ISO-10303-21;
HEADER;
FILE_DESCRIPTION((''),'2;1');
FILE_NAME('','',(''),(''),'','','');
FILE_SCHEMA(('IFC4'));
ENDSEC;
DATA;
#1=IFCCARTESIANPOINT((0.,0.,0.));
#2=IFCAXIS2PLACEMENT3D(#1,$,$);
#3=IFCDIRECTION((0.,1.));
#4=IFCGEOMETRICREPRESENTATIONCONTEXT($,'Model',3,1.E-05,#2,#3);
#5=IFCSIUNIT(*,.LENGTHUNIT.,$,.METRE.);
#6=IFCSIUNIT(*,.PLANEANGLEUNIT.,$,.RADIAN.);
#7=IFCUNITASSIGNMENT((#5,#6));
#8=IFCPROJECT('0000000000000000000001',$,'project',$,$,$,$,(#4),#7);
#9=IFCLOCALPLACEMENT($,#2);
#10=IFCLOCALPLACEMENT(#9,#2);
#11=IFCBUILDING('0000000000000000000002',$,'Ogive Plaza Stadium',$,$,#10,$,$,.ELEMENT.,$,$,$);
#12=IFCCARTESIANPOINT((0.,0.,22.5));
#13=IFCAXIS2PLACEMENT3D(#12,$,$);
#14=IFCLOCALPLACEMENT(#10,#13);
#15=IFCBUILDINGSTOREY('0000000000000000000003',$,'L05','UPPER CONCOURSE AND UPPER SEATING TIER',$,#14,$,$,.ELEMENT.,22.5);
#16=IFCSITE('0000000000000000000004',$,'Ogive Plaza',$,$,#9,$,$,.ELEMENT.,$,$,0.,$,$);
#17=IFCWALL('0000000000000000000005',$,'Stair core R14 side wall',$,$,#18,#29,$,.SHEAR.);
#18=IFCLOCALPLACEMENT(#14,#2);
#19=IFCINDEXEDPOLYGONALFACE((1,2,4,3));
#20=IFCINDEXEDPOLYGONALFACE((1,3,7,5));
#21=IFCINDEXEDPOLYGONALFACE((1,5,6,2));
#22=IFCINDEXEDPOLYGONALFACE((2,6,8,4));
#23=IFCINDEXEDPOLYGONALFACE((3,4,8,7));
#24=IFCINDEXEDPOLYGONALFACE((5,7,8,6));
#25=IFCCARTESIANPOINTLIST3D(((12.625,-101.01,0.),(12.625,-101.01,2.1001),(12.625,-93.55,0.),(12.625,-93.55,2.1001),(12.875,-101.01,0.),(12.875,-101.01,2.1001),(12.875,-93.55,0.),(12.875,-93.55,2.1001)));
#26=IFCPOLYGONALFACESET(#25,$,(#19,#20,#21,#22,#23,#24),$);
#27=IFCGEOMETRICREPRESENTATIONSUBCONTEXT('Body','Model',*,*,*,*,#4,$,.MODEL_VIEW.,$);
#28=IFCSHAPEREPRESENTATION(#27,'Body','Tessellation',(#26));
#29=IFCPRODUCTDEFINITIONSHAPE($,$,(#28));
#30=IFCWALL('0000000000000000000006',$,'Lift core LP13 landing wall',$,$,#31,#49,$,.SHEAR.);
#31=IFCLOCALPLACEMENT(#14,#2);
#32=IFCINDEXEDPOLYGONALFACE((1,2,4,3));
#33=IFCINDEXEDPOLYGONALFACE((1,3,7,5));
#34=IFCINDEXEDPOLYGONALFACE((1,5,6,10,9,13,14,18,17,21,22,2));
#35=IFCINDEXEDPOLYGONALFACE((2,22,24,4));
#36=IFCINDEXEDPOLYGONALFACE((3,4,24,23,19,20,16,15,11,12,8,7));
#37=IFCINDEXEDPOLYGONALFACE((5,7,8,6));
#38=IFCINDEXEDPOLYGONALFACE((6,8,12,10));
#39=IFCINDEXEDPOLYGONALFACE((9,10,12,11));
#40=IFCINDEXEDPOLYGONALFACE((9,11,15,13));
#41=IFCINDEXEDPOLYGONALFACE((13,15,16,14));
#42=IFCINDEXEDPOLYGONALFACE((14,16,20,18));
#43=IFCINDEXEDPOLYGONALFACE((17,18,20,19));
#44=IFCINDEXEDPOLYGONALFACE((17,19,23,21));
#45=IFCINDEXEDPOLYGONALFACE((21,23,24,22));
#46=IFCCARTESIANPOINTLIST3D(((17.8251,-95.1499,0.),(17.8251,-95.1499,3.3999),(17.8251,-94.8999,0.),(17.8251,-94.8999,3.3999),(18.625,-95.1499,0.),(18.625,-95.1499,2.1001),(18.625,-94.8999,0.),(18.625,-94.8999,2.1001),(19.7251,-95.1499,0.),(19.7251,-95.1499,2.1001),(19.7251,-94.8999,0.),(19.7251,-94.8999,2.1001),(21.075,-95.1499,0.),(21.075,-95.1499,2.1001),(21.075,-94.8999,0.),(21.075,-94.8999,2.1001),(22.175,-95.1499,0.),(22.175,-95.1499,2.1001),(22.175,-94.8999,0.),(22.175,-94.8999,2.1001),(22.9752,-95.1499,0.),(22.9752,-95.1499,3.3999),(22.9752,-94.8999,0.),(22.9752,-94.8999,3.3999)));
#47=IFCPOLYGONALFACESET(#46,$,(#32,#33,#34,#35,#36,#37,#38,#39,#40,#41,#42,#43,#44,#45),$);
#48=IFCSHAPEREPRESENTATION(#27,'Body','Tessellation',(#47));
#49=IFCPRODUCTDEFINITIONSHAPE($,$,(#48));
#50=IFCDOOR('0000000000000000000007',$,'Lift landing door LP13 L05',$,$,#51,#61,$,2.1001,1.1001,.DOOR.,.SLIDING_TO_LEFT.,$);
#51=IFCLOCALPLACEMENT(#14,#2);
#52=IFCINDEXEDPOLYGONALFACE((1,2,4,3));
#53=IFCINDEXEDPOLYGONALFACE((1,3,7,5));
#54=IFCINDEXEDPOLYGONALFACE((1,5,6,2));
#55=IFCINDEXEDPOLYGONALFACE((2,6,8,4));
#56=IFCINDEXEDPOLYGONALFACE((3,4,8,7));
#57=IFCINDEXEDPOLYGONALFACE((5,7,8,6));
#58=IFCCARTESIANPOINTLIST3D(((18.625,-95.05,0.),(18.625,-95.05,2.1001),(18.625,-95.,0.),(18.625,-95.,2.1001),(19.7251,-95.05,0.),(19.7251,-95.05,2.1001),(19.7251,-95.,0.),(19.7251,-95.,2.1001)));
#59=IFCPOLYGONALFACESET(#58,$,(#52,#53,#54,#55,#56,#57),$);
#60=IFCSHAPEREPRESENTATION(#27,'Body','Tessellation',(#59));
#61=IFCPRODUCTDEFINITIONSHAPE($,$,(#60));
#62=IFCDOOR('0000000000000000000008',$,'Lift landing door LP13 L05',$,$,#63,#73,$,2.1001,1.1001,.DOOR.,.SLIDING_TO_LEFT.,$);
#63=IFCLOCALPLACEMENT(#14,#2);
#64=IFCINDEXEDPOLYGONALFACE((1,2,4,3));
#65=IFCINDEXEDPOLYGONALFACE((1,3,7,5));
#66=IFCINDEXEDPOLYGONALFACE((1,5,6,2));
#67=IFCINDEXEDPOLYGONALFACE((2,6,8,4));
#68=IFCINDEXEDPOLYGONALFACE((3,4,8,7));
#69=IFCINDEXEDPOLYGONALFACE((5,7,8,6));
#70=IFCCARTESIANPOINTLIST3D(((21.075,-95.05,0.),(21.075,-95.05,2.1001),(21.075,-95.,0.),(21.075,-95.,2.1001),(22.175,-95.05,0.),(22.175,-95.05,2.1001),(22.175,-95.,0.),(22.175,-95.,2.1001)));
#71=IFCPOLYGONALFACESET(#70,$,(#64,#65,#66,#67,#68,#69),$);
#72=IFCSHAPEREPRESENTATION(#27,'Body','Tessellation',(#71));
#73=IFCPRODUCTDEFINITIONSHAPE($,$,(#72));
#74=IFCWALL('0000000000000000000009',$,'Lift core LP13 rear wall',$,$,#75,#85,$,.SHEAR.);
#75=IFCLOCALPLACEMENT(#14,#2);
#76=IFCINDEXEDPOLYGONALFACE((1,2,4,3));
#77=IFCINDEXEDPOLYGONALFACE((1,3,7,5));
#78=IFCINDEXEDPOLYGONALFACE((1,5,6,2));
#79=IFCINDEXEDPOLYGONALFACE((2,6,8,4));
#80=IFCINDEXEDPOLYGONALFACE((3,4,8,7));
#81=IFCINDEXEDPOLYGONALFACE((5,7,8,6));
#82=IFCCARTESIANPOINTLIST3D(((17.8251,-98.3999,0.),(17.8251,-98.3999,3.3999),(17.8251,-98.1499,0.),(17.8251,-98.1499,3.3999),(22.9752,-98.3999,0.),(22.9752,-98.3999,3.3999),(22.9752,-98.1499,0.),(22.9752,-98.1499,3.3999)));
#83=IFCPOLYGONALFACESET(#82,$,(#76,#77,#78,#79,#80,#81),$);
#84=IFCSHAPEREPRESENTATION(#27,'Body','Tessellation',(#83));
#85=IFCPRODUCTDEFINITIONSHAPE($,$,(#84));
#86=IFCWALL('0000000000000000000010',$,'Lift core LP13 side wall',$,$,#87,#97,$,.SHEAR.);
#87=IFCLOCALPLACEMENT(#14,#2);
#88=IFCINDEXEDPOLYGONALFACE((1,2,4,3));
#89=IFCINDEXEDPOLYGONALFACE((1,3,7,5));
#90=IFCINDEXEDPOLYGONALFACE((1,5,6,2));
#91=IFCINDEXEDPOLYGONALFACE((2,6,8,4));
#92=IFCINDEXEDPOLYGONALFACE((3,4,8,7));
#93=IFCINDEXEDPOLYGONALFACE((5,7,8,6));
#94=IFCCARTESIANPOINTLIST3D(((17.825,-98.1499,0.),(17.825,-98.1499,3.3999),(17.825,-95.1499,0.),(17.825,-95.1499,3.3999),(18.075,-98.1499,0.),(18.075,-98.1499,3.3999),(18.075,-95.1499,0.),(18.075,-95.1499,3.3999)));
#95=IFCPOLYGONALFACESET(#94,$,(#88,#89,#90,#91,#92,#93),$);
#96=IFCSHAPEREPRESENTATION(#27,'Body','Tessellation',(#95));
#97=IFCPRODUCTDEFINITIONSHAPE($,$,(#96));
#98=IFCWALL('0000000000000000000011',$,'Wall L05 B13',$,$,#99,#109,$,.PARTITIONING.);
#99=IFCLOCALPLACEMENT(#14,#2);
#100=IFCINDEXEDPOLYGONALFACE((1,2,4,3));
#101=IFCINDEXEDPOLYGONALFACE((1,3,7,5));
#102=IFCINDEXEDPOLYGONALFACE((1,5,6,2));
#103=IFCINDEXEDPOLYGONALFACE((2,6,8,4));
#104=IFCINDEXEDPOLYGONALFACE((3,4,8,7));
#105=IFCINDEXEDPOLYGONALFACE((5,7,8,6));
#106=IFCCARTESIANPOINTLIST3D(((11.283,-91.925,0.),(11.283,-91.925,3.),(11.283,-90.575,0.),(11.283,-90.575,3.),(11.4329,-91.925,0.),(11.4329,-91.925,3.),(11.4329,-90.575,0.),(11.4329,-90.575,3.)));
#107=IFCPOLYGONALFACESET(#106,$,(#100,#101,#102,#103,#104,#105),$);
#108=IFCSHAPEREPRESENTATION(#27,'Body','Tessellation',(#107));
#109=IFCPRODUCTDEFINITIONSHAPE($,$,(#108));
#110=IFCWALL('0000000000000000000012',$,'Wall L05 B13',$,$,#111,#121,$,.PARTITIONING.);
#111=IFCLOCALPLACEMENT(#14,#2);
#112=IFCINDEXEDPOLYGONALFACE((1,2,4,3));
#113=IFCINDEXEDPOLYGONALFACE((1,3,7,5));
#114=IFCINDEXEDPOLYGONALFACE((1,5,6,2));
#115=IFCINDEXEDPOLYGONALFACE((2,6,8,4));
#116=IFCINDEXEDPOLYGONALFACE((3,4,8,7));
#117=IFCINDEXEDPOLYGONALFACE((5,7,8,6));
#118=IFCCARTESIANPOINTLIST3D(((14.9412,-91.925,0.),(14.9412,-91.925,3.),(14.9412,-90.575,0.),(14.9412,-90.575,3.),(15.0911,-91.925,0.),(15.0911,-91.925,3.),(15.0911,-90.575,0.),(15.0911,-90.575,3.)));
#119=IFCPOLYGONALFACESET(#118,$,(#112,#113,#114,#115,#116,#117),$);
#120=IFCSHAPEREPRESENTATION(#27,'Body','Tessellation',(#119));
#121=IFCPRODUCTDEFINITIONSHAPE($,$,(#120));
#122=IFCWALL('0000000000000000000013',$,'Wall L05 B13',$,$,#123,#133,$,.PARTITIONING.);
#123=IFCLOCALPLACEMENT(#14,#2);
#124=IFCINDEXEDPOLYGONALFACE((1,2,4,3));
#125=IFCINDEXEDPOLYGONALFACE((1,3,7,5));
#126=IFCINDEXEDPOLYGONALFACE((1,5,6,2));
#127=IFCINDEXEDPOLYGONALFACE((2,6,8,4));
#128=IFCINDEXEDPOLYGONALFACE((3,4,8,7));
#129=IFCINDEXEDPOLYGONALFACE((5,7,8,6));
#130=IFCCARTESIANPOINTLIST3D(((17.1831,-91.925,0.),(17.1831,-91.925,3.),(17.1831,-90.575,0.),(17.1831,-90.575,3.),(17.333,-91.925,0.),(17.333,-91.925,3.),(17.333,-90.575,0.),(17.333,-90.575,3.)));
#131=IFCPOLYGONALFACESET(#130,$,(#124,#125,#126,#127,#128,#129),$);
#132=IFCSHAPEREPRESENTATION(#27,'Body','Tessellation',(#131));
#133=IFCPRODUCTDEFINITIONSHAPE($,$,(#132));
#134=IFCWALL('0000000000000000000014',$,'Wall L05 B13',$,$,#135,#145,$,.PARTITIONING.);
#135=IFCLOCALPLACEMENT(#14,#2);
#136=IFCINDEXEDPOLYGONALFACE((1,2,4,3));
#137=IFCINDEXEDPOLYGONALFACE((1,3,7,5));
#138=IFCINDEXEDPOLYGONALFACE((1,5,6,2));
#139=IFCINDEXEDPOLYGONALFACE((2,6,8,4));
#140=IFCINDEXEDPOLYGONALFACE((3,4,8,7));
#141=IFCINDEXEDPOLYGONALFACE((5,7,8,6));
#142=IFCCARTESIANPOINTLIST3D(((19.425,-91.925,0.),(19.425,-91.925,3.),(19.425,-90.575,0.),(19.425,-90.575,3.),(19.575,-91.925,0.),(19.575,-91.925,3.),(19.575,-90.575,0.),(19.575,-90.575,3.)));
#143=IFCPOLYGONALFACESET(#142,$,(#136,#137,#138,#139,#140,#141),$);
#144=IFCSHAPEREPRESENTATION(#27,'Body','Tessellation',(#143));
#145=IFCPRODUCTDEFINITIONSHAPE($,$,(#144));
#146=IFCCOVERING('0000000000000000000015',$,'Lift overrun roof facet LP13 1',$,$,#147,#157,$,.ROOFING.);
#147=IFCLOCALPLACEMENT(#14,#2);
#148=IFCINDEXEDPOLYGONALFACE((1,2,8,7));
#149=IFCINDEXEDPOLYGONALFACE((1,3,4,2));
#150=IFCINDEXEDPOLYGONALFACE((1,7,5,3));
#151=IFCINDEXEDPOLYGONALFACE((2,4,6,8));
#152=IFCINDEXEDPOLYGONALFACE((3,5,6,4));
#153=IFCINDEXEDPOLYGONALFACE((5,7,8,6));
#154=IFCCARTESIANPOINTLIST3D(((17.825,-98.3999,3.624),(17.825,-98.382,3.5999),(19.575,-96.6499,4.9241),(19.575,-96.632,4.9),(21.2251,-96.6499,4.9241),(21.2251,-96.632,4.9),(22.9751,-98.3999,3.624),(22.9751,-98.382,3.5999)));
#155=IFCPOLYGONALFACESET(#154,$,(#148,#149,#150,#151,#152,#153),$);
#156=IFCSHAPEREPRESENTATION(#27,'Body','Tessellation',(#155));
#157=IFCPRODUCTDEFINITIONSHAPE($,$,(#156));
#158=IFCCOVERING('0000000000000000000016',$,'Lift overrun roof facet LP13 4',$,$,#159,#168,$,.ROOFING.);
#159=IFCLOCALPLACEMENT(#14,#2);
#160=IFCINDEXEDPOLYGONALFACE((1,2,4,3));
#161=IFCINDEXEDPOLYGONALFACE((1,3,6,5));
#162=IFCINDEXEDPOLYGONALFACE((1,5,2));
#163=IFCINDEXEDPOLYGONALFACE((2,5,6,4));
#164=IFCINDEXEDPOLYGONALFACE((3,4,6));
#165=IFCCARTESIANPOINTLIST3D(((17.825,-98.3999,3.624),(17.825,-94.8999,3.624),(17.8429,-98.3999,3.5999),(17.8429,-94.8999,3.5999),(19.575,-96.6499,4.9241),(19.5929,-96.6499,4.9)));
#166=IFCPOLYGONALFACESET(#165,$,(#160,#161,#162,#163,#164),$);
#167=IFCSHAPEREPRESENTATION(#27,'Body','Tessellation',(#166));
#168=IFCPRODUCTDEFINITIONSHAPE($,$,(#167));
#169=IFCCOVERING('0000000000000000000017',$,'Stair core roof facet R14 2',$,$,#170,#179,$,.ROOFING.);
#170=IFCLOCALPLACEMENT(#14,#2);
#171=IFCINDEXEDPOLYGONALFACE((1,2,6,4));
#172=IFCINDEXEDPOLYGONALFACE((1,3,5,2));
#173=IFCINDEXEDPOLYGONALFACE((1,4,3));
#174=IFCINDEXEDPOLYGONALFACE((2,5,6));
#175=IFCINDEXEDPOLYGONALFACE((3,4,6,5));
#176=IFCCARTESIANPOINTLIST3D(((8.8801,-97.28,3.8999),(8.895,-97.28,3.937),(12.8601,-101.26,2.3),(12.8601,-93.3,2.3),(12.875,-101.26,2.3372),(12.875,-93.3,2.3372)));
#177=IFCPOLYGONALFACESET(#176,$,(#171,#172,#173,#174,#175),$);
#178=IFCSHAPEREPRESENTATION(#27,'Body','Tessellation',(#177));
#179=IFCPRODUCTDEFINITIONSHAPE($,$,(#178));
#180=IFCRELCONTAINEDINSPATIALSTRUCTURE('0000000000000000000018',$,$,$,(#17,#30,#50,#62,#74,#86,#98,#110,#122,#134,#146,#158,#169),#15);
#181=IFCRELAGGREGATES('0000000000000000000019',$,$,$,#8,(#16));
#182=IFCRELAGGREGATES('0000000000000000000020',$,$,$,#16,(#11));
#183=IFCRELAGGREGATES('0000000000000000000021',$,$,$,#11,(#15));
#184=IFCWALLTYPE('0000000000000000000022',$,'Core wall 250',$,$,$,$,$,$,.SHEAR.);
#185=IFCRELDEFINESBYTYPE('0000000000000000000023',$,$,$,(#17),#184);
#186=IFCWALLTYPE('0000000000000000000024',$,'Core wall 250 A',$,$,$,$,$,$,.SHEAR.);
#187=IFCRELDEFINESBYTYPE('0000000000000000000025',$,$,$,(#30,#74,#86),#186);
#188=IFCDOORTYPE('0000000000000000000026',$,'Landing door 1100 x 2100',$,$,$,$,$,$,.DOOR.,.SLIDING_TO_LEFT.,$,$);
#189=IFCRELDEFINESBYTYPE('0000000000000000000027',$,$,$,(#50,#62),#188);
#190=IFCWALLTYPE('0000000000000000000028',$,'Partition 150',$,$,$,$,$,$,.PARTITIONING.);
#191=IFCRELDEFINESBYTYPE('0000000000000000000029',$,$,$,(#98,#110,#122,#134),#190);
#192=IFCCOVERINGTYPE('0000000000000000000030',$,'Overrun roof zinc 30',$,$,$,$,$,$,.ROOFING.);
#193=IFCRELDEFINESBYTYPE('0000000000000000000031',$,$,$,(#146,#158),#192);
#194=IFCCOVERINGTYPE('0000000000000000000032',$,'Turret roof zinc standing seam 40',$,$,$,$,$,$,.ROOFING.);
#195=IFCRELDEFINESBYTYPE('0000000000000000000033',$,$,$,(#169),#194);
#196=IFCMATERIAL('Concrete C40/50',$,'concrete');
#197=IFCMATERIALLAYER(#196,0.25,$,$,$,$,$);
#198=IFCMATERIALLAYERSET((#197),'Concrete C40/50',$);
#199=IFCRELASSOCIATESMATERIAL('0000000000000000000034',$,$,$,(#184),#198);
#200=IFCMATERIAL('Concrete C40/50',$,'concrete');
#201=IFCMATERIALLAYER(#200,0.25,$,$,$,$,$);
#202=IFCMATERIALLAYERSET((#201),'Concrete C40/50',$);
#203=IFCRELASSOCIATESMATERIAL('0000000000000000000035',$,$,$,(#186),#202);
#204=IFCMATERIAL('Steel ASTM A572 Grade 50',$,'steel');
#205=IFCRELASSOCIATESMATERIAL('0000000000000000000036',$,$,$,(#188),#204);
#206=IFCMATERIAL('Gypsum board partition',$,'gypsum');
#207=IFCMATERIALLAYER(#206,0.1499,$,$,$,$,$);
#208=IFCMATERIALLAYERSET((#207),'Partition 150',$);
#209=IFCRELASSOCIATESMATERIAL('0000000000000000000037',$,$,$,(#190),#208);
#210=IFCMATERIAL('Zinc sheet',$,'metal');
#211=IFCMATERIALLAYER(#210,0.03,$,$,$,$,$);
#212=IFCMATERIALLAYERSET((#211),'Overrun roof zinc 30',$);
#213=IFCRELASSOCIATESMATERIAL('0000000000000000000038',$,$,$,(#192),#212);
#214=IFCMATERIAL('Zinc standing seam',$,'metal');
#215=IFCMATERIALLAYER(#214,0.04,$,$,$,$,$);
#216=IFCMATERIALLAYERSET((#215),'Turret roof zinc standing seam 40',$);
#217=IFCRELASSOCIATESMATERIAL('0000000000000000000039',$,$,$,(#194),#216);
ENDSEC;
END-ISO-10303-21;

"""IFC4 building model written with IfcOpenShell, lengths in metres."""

from ifc_helpers import new_model, si_unit, direction, frame, frame_2d, origin, place, context, subcontext, project, spatial, polyline, rectangle, outline, extrude, material, layer, layer_set, type_object, element, fill, save


model = new_model("IFC4")

# Units and contexts
model_context = context("Model", 3, precision=1e-05, world=origin(), true_north=direction((0.0, 1.0)))
body_context = subcontext(model_context, "Body", "Model", "MODEL_VIEW")
ifc_project = project(units=[si_unit("LENGTHUNIT", "METRE"), si_unit("PLANEANGLEUNIT", "RADIAN")], contexts=[model_context])

# Site, building, storey
site_placement = place(None, origin())
site = spatial("IfcSite", under=ifc_project, at=site_placement, Name="Ogive Plaza", CompositionType="ELEMENT", RefElevation=0.0)
building_placement = place(site_placement, origin())
building = spatial("IfcBuilding", under=site, at=building_placement, Name="Ogive Plaza Stadium", CompositionType="ELEMENT")
storey_placement = place(building_placement, frame((0.0, 0.0, 22.5)))
storey = spatial("IfcBuildingStorey", under=building, at=storey_placement, Name="L05", Description="UPPER CONCOURSE AND UPPER SEATING TIER", CompositionType="ELEMENT", Elevation=22.5)

# Wall
ifc_material_1 = material(Name="Concrete C40/50", Category="concrete")
ifc_layer_1 = layer(ifc_material_1, 0.25)
ifc_layer_set_1 = layer_set([ifc_layer_1], Name="Concrete C40/50")
wall_type_1 = type_object("IfcWallType", Name="Core wall 250", PredefinedType="SHEAR", material=ifc_layer_set_1)
wall_1_placement = place(storey_placement, frame((12.75, -93.55, 0.0), z_axis=(0.0, 0.0, 1.0), x_axis=(0.0, -1.0, 0.0)))
element("IfcWall", 1, at=wall_1_placement, inside=storey, type_object=wall_type_1, Name="Stair core R14 side wall", PredefinedType="SHEAR", context=body_context, shape_type="SweptSolid", body=[
    extrude(rectangle(XDim=7.46, YDim=0.25, at=frame_2d((3.73, 0.0))), origin(), (0.0, 0.0, 1.0), 2.1001),
])

# Wall, openings, doors
ifc_material_2 = material(Name="Concrete C40/50", Category="concrete")
ifc_layer_2 = layer(ifc_material_2, 0.25)
ifc_layer_set_2 = layer_set([ifc_layer_2], Name="Concrete C40/50")
wall_type_2 = type_object("IfcWallType", Name="Core wall 250 A", PredefinedType="SHEAR", material=ifc_layer_set_2)
wall_2_placement = place(storey_placement, frame((17.825, -95.0249, 0.0), z_axis=(0.0, 0.0, 1.0), x_axis=(1.0, 0.0, 0.0)))
wall_2 = element("IfcWall", 2, at=wall_2_placement, inside=storey, type_object=wall_type_2, Name="Lift core LP13 landing wall", PredefinedType="SHEAR", context=body_context, shape_type="SweptSolid", body=[
    extrude(rectangle(XDim=5.1501, YDim=0.25, at=frame_2d((2.5752, 0.0))), origin(), (0.0, 0.0, 1.0), 3.3999),
])
opening_1_placement = place(wall_2_placement, frame((0.8, 0.0, 0.0)))
opening_1 = element("IfcOpeningElement", 3, at=opening_1_placement, cuts=wall_2, PredefinedType="OPENING", context=body_context, shape_type="SweptSolid", body=[
    extrude(rectangle(XDim=1.1001, YDim=2.1001, at=frame_2d((0.55, 1.05))), frame((0.0, 0.125, 0.0), z_axis=(0.0, -1.0, 0.0), x_axis=(1.0, 0.0, 0.0)), (0.0, 0.0, 1.0), 0.25),
])
opening_2_placement = place(wall_2_placement, frame((3.25, 0.0, 0.0)))
opening_2 = element("IfcOpeningElement", 4, at=opening_2_placement, cuts=wall_2, PredefinedType="OPENING", context=body_context, shape_type="SweptSolid", body=[
    extrude(rectangle(XDim=1.1001, YDim=2.1001, at=frame_2d((0.55, 1.05))), frame((0.0, 0.125, 0.0), z_axis=(0.0, -1.0, 0.0), x_axis=(1.0, 0.0, 0.0)), (0.0, 0.0, 1.0), 0.25),
])
ifc_material_3 = material(Name="Steel ASTM A572 Grade 50", Category="steel")
door_type = type_object("IfcDoorType", Name="Landing door 1100 x 2100", OperationType="SLIDING_TO_LEFT", PredefinedType="DOOR", material=ifc_material_3)
door_1_placement = place(opening_1_placement, origin())
door_1 = element("IfcDoor", 5, at=door_1_placement, inside=storey, type_object=door_type, Name="Lift landing door LP13 L05", OperationType="SLIDING_TO_LEFT", OverallHeight=2.1001, OverallWidth=1.1001, PredefinedType="DOOR", context=body_context, shape_type="SweptSolid", body=[
    extrude(rectangle(XDim=1.1001, YDim=2.1001, at=frame_2d((0.55, 1.05))), frame((0.0, 0.0249, 0.0), z_axis=(0.0, -1.0, 0.0), x_axis=(1.0, 0.0, 0.0)), (0.0, 0.0, 1.0), 0.05),
])
fill(opening_1, door_1)
door_2_placement = place(opening_2_placement, origin())
door_2 = element("IfcDoor", 6, at=door_2_placement, inside=storey, type_object=door_type, Name="Lift landing door LP13 L05", OperationType="SLIDING_TO_LEFT", OverallHeight=2.1001, OverallWidth=1.1001, PredefinedType="DOOR", context=body_context, shape_type="SweptSolid", body=[
    extrude(rectangle(XDim=1.1001, YDim=2.1001, at=frame_2d((0.55, 1.05))), frame((0.0, 0.0249, 0.0), z_axis=(0.0, -1.0, 0.0), x_axis=(1.0, 0.0, 0.0)), (0.0, 0.0, 1.0), 0.05),
])
fill(opening_2, door_2)

# Walls
wall_3_placement = place(storey_placement, frame((17.825, -98.2749, 0.0), z_axis=(0.0, 0.0, 1.0), x_axis=(1.0, 0.0, 0.0)))
element("IfcWall", 7, at=wall_3_placement, inside=storey, type_object=wall_type_2, Name="Lift core LP13 rear wall", PredefinedType="SHEAR", context=body_context, shape_type="SweptSolid", body=[
    extrude(rectangle(XDim=5.1501, YDim=0.25, at=frame_2d((2.5752, 0.0))), origin(), (0.0, 0.0, 1.0), 3.3999),
])
wall_4_placement = place(storey_placement, frame((17.95, -95.1499, 0.0), z_axis=(0.0, 0.0, 1.0), x_axis=(0.0, -1.0, 0.0)))
element("IfcWall", 8, at=wall_4_placement, inside=storey, type_object=wall_type_2, Name="Lift core LP13 side wall", PredefinedType="SHEAR", context=body_context, shape_type="SweptSolid", body=[
    extrude(rectangle(XDim=3.0, YDim=0.25, at=frame_2d((1.5, 0.0))), origin(), (0.0, 0.0, 1.0), 3.3999),
])
ifc_material_4 = material(Name="Gypsum board partition", Category="gypsum")
ifc_layer_3 = layer(ifc_material_4, 0.1499)
ifc_layer_set_3 = layer_set([ifc_layer_3], Name="Partition 150")
wall_type_3 = type_object("IfcWallType", Name="Partition 150", PredefinedType="PARTITIONING", material=ifc_layer_set_3)
for number, where, z_axis, x_axis, name in (
    (9, (11.3579, -90.575, 0.0), (0.0, 0.0, 1.0), (0.0, -1.0, 0.0), "Wall L05 B13"),
    (10, (15.0161, -90.575, 0.0), (0.0, 0.0, 1.0), (0.0, -1.0, 0.0), "Wall L05 B13"),
    (11, (17.2581, -90.575, 0.0), (0.0, 0.0, 1.0), (0.0, -1.0, 0.0), "Wall L05 B13"),
    (12, (19.5, -90.575, 0.0), (0.0, 0.0, 1.0), (0.0, -1.0, 0.0), "Wall L05 B13"),
):
    element("IfcWall", number, at=place(storey_placement, frame(where, z_axis=z_axis, x_axis=x_axis)), inside=storey, type_object=wall_type_3, Name=name, PredefinedType="PARTITIONING", context=body_context, shape_type="SweptSolid", body=[
        extrude(rectangle(XDim=1.3501, YDim=0.1499, at=frame_2d((0.675, 0.0))), origin(), (0.0, 0.0, 1.0), 3.0),
    ])

# Coverings
ifc_material_5 = material(Name="Zinc sheet", Category="metal")
ifc_layer_4 = layer(ifc_material_5, 0.03)
ifc_layer_set_4 = layer_set([ifc_layer_4], Name="Overrun roof zinc 30")
covering_type_1 = type_object("IfcCoveringType", Name="Overrun roof zinc 30", PredefinedType="ROOFING", material=ifc_layer_set_4)
covering_1_placement = place(storey_placement, frame((17.825, -98.3999, 3.624), z_axis=(0.0, -0.596338, 0.802733), x_axis=(1.0, 0.0, 0.0)))
element("IfcCovering", 13, at=covering_1_placement, inside=storey, type_object=covering_type_1, Name="Lift overrun roof facet LP13 1", PredefinedType="ROOFING", context=body_context, shape_type="SweptSolid", body=[
    extrude(outline(polyline([(0.0, 0.0), (5.1501, 0.0), (3.4001, 2.1801), (1.75, 2.1801), (0.0, 0.0)])), origin(), (0.0, 0.0, -1.0), 0.03),
])
covering_2_placement = place(storey_placement, frame((17.825, -94.8999, 3.624), z_axis=(-0.596338, 0.0, 0.802733), x_axis=(0.0, -1.0, 0.0)))
element("IfcCovering", 14, at=covering_2_placement, inside=storey, type_object=covering_type_1, Name="Lift overrun roof facet LP13 4", PredefinedType="ROOFING", context=body_context, shape_type="SweptSolid", body=[
    extrude(outline(polyline([(0.0, 0.0), (3.5, 0.0), (1.75, 2.1801), (0.0, 0.0)])), origin(), (0.0, 0.0, -1.0), 0.03),
])
ifc_material_6 = material(Name="Zinc standing seam", Category="metal")
ifc_layer_5 = layer(ifc_material_6, 0.04)
ifc_layer_set_5 = layer_set([ifc_layer_5], Name="Turret roof zinc standing seam 40")
covering_type_2 = type_object("IfcCoveringType", Name="Turret roof zinc standing seam 40", PredefinedType="ROOFING", material=ifc_layer_set_5)
covering_3_placement = place(storey_placement, frame((12.875, -101.26, 2.3372), z_axis=(0.37297, 0.0, 0.927843), x_axis=(0.0, 1.0, 0.0)))
element("IfcCovering", 15, at=covering_3_placement, inside=storey, type_object=covering_type_2, Name="Stair core roof facet R14 2", PredefinedType="ROOFING", context=body_context, shape_type="SweptSolid", body=[
    extrude(outline(polyline([(0.0, 0.0), (7.96, 0.0), (3.98, 4.2895), (0.0, 0.0)])), origin(), (0.0, 0.0, -1.0), 0.04),
])

save(model, "model.ifc")
